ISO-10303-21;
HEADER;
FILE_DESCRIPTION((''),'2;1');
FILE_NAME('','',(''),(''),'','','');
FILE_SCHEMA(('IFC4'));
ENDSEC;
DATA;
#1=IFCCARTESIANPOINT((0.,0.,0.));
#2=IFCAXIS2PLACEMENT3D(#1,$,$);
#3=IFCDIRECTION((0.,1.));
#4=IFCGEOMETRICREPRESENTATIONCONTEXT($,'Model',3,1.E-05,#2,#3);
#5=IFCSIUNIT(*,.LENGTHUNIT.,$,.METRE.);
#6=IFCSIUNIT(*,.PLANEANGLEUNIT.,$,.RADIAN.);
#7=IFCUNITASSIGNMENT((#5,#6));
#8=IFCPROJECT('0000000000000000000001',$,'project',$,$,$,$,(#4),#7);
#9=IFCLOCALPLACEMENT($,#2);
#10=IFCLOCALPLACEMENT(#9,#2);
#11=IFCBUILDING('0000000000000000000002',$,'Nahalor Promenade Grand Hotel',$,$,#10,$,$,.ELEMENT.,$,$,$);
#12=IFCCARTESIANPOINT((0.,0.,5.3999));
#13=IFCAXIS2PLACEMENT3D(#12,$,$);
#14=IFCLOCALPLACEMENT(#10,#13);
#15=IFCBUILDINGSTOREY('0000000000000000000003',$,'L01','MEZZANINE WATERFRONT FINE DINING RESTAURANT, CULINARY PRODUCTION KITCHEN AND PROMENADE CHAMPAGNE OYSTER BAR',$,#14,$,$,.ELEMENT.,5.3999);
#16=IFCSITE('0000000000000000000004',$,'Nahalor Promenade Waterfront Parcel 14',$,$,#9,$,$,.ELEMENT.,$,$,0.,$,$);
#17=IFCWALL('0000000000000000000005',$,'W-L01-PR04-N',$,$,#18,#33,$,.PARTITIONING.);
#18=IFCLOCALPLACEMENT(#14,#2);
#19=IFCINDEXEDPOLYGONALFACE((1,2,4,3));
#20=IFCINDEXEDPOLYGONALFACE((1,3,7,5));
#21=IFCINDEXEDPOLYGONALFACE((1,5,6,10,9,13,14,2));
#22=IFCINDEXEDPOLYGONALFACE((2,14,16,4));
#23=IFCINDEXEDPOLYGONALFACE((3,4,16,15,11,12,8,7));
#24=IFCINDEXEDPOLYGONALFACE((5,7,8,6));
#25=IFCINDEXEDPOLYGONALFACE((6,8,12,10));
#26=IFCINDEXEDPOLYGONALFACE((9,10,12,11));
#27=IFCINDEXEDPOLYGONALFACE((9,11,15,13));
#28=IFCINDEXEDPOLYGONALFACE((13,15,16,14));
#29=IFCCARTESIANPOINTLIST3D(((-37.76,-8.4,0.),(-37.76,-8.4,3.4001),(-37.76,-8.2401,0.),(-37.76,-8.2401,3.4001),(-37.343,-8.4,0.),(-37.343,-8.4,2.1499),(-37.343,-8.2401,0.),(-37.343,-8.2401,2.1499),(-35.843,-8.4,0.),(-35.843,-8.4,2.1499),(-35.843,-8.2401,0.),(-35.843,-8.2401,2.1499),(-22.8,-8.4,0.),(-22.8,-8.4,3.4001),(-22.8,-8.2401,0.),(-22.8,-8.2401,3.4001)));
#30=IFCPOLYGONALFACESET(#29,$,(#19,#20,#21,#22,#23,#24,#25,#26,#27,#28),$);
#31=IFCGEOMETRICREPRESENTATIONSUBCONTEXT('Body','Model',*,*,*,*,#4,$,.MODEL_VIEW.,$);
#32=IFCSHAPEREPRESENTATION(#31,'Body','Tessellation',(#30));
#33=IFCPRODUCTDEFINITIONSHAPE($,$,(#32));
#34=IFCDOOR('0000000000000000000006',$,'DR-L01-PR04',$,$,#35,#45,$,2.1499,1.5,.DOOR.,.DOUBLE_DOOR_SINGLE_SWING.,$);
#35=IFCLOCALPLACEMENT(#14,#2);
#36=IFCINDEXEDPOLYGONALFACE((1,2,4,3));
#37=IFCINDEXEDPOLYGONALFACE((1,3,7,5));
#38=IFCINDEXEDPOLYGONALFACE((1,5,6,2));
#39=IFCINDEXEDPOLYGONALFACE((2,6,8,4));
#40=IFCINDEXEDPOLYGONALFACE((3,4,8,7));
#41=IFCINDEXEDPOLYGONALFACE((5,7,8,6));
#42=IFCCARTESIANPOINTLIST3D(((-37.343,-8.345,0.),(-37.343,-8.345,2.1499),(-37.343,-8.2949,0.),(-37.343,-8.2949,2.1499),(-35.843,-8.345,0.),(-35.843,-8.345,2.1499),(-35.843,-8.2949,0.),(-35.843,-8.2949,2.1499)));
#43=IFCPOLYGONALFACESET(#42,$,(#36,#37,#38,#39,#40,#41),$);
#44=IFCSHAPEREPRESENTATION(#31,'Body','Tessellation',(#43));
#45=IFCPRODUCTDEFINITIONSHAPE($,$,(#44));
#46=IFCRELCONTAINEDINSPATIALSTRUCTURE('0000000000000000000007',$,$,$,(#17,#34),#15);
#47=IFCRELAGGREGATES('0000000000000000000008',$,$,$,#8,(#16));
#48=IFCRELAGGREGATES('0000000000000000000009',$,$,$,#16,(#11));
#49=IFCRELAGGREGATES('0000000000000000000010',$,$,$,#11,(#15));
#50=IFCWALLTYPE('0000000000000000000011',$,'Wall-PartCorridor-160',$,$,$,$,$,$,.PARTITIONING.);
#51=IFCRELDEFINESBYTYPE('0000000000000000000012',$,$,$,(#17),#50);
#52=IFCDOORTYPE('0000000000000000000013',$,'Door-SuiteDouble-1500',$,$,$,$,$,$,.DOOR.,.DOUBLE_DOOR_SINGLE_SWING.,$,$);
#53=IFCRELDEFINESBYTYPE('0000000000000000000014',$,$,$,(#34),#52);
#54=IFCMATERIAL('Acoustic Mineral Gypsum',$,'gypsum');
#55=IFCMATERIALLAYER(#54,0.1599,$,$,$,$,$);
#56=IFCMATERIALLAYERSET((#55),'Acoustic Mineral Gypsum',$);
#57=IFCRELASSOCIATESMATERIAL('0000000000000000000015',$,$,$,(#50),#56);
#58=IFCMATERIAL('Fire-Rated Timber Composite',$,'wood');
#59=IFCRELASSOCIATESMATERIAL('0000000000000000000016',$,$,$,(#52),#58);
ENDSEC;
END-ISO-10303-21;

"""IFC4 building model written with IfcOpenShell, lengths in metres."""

from ifc_helpers import new_model, si_unit, direction, frame, frame_2d, origin, place, context, subcontext, project, spatial, rectangle, extrude, source, transform, mapped, material, layer, layer_set, type_object, element, fill, save


model = new_model("IFC4")

# Units and contexts
model_context = context("Model", 3, precision=1e-05, world=origin(), true_north=direction((0.0, 1.0)))
body_context = subcontext(model_context, "Body", "Model", "MODEL_VIEW")
ifc_project = project(units=[si_unit("LENGTHUNIT", "METRE"), si_unit("PLANEANGLEUNIT", "RADIAN")], contexts=[model_context])

# Site, building, storey
site_placement = place(None, origin())
site = spatial("IfcSite", under=ifc_project, at=site_placement, Name="Nahalor Promenade Waterfront Parcel 14", CompositionType="ELEMENT", RefElevation=0.0)
building_placement = place(site_placement, origin())
building = spatial("IfcBuilding", under=site, at=building_placement, Name="Nahalor Promenade Grand Hotel", CompositionType="ELEMENT")
storey_placement = place(building_placement, frame((0.0, 0.0, 5.3999)))
storey = spatial("IfcBuildingStorey", under=building, at=storey_placement, Name="L01", Description="MEZZANINE WATERFRONT FINE DINING RESTAURANT, CULINARY PRODUCTION KITCHEN AND PROMENADE CHAMPAGNE OYSTER BAR", CompositionType="ELEMENT", Elevation=5.3999)

# Wall, opening, door
ifc_material_1 = material(Name="Acoustic Mineral Gypsum", Category="gypsum")
ifc_layer_1 = layer(ifc_material_1, 0.1599)
ifc_layer_set_1 = layer_set([ifc_layer_1], Name="Acoustic Mineral Gypsum")
wall_type_1 = type_object("IfcWallType", Name="Wall-PartCorridor-160", PredefinedType="PARTITIONING", material=ifc_layer_set_1)
shared_shape_1 = source(origin(), body_context, "Body", "SweptSolid", [
    extrude(rectangle(XDim=14.96, YDim=0.1599, at=frame_2d((7.48, 0.0))), origin(), (0.0, 0.0, 1.0), 3.4001),
])
wall_1_placement = place(storey_placement, frame((-37.76, -8.3201, 0.0), z_axis=(0.0, 0.0, 1.0), x_axis=(1.0, 0.0, 0.0)))
wall_1 = element("IfcWall", 1, at=wall_1_placement, inside=storey, type_object=wall_type_1, Name="W-L01-PR04-N", PredefinedType="PARTITIONING", context=body_context, shape_type="MappedRepresentation", body=[
    mapped(shared_shape_1, transform((0.0, 0.0, 0.0), scale=1.0)),
])
opening_1_placement = place(wall_1_placement, frame((0.417, 0.0, 0.0)))
opening_1 = element("IfcOpeningElement", 2, at=opening_1_placement, cuts=wall_1, PredefinedType="OPENING", context=body_context, shape_type="SweptSolid", body=[
    extrude(rectangle(XDim=1.5, YDim=2.1499, at=frame_2d((0.75, 1.075))), frame((0.0, 0.0898, 0.0), z_axis=(0.0, -1.0, 0.0), x_axis=(1.0, 0.0, 0.0)), (0.0, 0.0, 1.0), 0.1799),
])
ifc_material_2 = material(Name="Fire-Rated Timber Composite", Category="wood")
door_type = type_object("IfcDoorType", Name="Door-SuiteDouble-1500", OperationType="DOUBLE_DOOR_SINGLE_SWING", PredefinedType="DOOR", material=ifc_material_2)
shared_shape_2 = source(origin(), body_context, "Body", "SweptSolid", [
    extrude(rectangle(XDim=1.5, YDim=2.1499, at=frame_2d((0.75, 1.075))), frame((0.0, 0.0249, 0.0), z_axis=(0.0, -1.0, 0.0), x_axis=(1.0, 0.0, 0.0)), (0.0, 0.0, 1.0), 0.05),
])
door_placement = place(opening_1_placement, frame((1.5, 0.0, 0.0), z_axis=(0.0, 0.0, 1.0), x_axis=(-1.0, 0.0, 0.0)))
door = element("IfcDoor", 3, at=door_placement, inside=storey, type_object=door_type, Name="DR-L01-PR04", OperationType="DOUBLE_DOOR_SINGLE_SWING", OverallHeight=2.1499, OverallWidth=1.5, PredefinedType="DOOR", context=body_context, shape_type="MappedRepresentation", body=[
    mapped(shared_shape_2, transform((0.0, 0.0, 0.0), scale=1.0)),
])
fill(opening_1, door)

save(model, "model.ifc")
